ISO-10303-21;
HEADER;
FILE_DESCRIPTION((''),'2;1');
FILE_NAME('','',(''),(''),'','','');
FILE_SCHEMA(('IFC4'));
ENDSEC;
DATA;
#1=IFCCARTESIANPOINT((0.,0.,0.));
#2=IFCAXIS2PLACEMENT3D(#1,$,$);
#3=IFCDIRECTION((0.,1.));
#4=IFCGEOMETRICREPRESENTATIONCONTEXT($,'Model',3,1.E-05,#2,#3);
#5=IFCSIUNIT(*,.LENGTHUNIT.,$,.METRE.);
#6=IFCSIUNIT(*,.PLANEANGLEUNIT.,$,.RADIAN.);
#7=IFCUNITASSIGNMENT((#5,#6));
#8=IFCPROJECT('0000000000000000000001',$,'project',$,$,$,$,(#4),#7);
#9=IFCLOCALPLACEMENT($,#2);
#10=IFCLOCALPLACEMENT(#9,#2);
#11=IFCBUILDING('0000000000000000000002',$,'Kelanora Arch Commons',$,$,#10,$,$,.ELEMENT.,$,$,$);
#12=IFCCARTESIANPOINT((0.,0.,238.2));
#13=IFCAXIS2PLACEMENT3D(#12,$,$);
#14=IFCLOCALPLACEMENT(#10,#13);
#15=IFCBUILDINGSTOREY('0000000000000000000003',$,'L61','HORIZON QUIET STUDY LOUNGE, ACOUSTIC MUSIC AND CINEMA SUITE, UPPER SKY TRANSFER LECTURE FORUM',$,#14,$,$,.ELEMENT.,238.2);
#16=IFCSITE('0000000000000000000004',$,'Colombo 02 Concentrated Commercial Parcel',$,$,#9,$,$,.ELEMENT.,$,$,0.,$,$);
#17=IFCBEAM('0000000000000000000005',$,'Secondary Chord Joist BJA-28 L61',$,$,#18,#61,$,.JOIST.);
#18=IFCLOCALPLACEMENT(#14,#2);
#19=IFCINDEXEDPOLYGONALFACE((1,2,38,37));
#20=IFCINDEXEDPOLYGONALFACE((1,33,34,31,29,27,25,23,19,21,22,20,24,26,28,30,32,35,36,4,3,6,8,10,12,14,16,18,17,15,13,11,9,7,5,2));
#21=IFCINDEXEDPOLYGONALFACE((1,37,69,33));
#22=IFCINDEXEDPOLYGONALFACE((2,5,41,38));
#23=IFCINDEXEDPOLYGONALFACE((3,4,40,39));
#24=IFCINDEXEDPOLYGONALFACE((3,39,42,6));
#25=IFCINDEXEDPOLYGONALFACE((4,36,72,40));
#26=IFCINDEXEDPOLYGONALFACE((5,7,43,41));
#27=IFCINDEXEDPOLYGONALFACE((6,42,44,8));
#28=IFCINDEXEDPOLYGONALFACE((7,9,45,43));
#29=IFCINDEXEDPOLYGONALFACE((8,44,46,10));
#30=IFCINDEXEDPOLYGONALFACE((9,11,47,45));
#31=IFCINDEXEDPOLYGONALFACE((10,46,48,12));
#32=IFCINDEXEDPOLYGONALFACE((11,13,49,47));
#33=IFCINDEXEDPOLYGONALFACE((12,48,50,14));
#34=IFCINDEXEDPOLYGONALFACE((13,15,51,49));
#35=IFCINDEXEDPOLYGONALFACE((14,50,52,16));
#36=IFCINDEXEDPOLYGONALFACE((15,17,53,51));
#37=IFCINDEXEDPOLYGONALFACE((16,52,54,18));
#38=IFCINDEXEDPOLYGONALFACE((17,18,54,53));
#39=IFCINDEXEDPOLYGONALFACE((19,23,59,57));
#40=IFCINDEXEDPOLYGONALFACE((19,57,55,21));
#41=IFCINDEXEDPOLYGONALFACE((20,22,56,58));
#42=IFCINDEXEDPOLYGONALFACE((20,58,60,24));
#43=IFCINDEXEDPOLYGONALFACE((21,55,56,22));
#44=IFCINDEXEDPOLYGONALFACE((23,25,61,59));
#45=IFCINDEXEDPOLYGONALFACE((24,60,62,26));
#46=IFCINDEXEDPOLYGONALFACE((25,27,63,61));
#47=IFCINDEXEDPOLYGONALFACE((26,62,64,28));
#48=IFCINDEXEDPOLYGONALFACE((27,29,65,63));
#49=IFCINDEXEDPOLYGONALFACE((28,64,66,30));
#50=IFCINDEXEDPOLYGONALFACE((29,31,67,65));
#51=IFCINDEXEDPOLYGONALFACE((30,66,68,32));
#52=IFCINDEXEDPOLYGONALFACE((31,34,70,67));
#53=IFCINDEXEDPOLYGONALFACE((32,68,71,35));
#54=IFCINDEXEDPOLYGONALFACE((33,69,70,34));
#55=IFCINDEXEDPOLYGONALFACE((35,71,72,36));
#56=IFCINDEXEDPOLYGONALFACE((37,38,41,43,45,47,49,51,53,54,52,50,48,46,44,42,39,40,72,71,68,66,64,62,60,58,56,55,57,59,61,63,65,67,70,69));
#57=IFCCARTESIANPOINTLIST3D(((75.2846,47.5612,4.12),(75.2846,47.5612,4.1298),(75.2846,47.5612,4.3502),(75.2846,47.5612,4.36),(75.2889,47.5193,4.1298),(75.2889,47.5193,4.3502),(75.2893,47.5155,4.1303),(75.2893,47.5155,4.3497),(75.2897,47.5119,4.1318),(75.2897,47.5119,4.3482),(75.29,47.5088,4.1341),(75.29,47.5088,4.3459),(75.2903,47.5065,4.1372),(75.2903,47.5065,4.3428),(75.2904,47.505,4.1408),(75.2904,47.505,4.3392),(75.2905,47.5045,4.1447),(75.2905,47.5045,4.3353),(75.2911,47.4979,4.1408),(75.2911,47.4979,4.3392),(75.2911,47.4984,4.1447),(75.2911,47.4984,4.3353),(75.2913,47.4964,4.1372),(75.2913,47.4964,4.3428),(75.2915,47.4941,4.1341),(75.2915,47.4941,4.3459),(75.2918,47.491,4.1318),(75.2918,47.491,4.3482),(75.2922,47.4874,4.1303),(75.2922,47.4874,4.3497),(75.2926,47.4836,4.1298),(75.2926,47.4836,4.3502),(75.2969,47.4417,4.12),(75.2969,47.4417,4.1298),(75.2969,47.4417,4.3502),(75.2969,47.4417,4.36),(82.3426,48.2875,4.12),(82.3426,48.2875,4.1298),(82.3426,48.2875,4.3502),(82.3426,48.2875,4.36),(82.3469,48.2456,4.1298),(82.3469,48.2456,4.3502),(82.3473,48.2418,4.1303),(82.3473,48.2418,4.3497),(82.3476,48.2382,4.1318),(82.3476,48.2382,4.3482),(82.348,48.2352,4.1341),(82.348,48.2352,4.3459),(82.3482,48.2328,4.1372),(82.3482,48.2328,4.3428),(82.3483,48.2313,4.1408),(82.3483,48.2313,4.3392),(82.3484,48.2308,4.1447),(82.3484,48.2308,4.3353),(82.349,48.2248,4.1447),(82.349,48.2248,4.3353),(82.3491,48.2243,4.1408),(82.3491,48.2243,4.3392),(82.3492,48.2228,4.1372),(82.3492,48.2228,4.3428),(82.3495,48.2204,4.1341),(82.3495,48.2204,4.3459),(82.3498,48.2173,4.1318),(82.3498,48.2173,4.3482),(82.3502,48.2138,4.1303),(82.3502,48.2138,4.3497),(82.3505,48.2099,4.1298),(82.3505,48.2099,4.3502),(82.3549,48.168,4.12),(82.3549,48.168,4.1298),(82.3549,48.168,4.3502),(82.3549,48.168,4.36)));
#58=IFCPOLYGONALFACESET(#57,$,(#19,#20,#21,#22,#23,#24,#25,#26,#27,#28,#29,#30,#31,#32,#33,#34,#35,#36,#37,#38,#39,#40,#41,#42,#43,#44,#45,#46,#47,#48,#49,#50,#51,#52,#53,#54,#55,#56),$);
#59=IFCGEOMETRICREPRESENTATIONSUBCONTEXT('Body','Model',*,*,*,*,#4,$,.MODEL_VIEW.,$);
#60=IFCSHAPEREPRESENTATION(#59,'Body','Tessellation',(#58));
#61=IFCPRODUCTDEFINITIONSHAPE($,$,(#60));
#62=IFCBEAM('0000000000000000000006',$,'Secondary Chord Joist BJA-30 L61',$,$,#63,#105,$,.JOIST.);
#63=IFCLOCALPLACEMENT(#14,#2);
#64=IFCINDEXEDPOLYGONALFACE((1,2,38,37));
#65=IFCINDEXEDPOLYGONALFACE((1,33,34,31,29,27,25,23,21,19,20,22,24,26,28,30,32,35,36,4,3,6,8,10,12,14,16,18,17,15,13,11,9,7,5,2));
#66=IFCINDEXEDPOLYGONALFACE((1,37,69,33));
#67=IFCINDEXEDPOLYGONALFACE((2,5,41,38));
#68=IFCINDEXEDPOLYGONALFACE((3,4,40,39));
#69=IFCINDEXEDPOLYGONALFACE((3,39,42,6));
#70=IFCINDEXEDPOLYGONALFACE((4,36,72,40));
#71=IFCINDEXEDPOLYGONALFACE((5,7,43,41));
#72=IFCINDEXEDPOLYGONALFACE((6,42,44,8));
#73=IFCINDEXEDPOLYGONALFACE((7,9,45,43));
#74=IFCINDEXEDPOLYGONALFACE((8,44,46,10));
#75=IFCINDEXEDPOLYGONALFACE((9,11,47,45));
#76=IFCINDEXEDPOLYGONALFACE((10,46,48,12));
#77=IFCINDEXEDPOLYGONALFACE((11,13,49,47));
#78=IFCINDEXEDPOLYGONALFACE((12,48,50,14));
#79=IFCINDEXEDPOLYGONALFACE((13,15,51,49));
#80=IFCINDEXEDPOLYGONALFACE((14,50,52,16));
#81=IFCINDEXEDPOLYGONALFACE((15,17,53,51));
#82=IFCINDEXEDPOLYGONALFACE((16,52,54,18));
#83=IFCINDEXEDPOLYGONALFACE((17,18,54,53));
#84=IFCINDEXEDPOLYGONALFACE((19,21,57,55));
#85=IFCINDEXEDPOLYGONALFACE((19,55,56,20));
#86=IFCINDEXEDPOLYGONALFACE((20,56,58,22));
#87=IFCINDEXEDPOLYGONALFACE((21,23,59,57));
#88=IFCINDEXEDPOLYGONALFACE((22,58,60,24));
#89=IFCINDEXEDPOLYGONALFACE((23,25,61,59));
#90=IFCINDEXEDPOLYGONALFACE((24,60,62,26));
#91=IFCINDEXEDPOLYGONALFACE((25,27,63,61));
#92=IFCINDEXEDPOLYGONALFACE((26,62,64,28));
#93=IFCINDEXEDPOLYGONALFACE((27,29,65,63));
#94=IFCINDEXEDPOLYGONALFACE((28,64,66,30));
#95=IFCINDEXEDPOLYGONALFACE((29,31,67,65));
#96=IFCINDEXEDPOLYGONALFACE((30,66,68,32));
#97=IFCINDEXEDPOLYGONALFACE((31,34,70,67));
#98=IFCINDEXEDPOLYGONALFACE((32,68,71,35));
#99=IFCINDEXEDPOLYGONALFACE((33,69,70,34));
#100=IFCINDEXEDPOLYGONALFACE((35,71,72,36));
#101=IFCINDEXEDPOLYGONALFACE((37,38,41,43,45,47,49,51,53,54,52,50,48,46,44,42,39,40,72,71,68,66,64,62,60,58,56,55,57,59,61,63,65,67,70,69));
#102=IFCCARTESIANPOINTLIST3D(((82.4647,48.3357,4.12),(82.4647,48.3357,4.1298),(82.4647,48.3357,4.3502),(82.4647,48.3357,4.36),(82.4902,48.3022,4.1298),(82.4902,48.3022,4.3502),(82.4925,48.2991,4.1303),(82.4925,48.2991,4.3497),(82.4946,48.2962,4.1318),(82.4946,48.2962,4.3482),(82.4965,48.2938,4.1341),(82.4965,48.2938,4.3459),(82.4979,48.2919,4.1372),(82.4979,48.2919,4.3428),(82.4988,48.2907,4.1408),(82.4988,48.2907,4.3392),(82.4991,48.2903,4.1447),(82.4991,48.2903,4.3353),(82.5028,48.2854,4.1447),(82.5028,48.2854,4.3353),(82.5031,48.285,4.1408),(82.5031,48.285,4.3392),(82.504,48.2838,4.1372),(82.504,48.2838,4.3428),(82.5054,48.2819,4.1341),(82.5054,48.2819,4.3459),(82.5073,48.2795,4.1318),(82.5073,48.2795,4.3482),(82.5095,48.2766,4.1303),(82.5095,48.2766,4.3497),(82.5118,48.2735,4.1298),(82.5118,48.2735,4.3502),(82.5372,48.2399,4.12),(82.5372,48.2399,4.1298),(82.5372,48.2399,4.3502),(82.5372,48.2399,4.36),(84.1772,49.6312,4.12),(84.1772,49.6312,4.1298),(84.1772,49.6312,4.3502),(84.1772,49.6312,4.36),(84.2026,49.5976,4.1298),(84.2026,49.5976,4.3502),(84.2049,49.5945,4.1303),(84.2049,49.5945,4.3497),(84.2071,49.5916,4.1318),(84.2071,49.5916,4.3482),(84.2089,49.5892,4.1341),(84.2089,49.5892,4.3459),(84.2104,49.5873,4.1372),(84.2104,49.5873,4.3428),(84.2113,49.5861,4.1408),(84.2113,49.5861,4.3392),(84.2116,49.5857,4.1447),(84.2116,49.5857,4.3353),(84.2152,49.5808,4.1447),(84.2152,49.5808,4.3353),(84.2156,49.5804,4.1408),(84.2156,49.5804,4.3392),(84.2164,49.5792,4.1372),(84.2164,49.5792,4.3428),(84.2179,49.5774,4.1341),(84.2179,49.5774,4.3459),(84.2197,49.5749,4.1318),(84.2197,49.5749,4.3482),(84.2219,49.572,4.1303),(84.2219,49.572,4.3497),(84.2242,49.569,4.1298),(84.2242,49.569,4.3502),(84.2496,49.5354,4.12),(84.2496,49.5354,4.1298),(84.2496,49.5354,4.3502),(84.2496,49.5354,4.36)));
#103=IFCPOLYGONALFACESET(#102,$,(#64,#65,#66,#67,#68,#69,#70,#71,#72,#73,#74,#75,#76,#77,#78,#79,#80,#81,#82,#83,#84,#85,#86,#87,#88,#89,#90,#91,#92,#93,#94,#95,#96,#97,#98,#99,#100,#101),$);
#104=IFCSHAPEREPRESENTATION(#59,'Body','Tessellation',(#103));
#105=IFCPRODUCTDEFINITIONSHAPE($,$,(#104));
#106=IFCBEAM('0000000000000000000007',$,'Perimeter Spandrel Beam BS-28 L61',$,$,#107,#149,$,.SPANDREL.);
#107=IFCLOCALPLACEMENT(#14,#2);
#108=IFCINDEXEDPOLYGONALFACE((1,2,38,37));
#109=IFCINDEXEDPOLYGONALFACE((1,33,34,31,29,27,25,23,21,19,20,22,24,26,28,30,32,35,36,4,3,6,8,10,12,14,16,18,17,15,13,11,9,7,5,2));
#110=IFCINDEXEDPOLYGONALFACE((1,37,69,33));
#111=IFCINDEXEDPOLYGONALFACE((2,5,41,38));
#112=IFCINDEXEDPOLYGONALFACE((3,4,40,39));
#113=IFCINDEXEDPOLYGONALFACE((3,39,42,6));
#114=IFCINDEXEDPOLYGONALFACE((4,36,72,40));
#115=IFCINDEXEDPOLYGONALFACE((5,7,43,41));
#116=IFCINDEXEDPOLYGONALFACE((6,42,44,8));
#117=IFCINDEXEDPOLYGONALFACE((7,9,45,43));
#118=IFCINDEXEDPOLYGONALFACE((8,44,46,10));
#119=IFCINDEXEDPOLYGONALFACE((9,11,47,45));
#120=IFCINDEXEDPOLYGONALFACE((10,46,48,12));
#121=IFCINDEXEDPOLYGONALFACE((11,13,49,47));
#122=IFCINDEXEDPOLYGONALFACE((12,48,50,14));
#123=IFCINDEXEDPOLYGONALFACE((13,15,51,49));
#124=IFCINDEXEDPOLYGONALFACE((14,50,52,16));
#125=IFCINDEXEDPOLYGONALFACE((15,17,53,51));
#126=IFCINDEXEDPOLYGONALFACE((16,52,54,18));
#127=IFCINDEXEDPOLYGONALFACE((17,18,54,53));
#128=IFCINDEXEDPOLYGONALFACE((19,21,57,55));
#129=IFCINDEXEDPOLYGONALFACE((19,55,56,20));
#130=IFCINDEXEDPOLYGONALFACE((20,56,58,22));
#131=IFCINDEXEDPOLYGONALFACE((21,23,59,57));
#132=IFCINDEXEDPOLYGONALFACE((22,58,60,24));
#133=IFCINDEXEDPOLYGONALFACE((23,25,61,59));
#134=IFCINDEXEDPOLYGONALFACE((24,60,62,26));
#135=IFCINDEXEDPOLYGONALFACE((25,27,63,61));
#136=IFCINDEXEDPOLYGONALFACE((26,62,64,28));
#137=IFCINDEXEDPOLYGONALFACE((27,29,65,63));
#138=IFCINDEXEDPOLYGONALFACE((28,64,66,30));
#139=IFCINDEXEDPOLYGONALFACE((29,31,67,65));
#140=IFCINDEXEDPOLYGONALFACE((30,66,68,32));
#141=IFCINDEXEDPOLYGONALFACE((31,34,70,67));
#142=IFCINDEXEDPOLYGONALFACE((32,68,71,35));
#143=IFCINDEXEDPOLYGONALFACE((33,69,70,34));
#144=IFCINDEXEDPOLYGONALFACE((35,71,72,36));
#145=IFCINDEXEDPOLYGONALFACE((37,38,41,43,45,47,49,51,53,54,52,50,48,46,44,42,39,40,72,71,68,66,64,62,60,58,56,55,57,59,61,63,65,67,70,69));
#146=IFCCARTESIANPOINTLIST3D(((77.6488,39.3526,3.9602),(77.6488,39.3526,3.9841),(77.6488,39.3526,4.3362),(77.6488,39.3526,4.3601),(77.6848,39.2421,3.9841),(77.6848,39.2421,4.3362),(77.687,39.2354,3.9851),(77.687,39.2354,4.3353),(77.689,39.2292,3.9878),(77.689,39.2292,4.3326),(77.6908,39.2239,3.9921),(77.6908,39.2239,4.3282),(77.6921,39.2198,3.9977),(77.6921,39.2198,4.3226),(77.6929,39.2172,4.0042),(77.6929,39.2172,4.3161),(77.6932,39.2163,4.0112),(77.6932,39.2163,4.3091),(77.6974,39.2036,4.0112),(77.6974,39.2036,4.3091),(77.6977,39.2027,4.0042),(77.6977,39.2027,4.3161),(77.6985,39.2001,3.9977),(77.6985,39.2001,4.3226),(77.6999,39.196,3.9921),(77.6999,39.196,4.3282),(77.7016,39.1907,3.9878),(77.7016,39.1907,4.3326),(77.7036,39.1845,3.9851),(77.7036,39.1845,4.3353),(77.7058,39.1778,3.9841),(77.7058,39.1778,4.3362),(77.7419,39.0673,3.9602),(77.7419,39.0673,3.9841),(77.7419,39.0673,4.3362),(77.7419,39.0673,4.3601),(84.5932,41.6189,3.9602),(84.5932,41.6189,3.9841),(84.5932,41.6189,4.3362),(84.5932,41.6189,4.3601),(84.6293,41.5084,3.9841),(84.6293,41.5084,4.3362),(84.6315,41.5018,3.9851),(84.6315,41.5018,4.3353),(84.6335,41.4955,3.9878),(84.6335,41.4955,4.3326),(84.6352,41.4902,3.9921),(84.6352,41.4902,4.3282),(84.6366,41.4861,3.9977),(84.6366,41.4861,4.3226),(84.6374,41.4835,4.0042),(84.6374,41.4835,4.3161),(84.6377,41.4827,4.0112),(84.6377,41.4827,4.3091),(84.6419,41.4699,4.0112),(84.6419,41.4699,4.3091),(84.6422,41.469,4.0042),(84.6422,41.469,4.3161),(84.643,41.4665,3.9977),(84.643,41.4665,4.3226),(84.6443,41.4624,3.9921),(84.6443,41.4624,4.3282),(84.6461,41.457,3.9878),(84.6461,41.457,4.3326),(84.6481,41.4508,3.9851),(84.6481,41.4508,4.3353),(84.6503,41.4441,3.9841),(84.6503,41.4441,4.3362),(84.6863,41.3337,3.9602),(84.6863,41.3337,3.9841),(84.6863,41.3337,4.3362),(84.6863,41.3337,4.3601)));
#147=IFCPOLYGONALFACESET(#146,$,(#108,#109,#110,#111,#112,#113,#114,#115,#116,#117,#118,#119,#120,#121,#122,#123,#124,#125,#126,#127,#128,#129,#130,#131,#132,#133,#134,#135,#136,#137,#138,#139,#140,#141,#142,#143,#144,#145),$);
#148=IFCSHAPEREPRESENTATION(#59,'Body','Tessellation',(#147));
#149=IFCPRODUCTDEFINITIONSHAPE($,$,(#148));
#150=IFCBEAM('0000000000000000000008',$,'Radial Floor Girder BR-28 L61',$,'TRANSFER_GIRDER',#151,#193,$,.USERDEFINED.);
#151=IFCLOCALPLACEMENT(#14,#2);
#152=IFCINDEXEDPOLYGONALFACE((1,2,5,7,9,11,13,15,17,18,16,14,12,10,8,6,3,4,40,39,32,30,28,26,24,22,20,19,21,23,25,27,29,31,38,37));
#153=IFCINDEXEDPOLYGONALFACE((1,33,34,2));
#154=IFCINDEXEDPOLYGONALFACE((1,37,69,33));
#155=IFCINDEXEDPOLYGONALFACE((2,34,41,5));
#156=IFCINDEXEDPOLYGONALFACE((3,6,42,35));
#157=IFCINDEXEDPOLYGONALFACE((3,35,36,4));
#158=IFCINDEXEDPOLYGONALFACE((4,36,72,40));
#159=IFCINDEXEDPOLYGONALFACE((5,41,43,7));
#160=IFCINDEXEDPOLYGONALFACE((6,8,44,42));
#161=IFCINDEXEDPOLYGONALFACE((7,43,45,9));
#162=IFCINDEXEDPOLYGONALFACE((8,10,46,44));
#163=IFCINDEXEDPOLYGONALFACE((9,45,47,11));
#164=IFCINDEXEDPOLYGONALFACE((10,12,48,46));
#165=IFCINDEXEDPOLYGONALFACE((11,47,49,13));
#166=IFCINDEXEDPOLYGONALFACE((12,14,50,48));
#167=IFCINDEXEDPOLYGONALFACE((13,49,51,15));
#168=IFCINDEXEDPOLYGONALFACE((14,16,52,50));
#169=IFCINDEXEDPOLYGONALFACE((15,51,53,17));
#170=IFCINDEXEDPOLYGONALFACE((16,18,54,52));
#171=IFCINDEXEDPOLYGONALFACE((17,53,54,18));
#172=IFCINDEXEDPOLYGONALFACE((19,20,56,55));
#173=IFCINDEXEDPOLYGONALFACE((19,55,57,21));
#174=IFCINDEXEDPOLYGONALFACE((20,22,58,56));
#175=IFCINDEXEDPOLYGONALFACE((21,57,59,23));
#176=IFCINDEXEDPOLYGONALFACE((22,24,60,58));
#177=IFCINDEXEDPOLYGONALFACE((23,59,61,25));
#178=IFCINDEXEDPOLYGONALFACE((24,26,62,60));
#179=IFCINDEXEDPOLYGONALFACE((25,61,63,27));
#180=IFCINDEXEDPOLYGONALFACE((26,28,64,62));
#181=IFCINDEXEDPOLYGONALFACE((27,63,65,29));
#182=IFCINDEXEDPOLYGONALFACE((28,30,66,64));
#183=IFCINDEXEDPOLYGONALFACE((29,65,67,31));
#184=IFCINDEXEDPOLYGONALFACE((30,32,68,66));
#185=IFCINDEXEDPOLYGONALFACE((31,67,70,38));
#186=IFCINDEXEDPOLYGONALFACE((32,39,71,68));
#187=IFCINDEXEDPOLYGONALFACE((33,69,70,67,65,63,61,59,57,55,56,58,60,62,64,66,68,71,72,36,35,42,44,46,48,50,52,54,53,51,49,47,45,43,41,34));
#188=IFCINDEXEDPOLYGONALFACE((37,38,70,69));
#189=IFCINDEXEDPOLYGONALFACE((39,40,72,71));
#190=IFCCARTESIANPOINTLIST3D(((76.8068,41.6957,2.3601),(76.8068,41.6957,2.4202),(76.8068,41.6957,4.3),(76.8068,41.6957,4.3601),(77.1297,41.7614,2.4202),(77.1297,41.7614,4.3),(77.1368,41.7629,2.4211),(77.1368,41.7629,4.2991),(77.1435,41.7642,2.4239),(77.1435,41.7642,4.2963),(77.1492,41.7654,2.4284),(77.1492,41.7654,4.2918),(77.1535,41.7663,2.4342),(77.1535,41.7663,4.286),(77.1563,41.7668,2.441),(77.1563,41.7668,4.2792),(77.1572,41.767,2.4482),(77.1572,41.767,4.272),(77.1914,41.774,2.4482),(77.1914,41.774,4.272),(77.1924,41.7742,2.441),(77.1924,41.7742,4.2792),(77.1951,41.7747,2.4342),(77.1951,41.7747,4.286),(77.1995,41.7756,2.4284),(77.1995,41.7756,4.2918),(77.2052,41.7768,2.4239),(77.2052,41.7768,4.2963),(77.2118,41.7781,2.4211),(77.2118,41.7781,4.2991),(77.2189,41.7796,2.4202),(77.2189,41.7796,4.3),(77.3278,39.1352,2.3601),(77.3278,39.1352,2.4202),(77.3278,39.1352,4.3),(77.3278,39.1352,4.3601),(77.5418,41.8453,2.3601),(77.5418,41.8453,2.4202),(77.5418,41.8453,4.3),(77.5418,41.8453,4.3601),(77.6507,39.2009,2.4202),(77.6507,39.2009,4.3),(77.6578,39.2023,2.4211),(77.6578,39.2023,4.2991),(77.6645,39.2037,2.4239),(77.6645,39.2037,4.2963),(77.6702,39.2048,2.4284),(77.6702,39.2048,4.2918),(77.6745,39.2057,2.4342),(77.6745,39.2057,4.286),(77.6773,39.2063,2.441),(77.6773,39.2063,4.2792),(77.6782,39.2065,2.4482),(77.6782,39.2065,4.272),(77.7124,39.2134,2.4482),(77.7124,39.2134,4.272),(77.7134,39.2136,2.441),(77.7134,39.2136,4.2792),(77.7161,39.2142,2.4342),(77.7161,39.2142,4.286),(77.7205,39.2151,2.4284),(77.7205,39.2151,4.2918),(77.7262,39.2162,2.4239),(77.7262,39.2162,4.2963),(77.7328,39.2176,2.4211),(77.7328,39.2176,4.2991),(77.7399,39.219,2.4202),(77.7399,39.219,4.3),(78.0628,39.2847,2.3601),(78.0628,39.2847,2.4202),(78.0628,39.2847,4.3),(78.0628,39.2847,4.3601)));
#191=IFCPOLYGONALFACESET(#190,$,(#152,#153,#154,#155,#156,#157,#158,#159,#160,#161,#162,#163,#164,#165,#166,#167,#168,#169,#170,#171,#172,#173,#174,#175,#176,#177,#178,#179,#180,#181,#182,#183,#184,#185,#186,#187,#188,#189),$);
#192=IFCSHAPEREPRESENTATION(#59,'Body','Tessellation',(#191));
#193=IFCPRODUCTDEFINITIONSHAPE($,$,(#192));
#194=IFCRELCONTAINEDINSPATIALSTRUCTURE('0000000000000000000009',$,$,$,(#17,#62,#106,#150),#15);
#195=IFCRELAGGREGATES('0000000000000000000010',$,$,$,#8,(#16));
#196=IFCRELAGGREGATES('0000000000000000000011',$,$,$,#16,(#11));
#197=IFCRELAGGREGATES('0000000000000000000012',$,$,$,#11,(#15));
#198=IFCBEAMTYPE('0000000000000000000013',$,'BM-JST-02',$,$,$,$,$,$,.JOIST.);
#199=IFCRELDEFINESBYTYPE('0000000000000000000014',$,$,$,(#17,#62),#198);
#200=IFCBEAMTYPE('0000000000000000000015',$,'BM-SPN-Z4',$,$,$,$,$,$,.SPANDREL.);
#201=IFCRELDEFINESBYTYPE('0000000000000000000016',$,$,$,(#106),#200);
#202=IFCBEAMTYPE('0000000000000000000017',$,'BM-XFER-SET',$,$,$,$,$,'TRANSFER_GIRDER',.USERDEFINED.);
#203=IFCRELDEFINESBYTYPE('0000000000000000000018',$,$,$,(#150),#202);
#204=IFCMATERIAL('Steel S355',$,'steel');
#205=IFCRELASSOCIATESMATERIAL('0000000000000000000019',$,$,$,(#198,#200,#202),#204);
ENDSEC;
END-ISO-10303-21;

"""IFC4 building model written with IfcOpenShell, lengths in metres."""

from ifc_helpers import new_model, si_unit, direction, frame, origin, origin_2d, place, context, subcontext, project, spatial, i_section, extrude, material, material_profile, profile_set, type_object, element, save


model = new_model("IFC4")

# Units and contexts
model_context = context("Model", 3, precision=1e-05, world=origin(), true_north=direction((0.0, 1.0)))
body_context = subcontext(model_context, "Body", "Model", "MODEL_VIEW")
ifc_project = project(units=[si_unit("LENGTHUNIT", "METRE"), si_unit("PLANEANGLEUNIT", "RADIAN")], contexts=[model_context])

# Site, building, storey
site_placement = place(None, origin())
site = spatial("IfcSite", under=ifc_project, at=site_placement, Name="Colombo 02 Concentrated Commercial Parcel", CompositionType="ELEMENT", RefElevation=0.0)
building_placement = place(site_placement, origin())
building = spatial("IfcBuilding", under=site, at=building_placement, Name="Kelanora Arch Commons", CompositionType="ELEMENT")
storey_placement = place(building_placement, frame((0.0, 0.0, 238.2)))
storey = spatial("IfcBuildingStorey", under=building, at=storey_placement, Name="L61", Description="HORIZON QUIET STUDY LOUNGE, ACOUSTIC MUSIC AND CINEMA SUITE, UPPER SKY TRANSFER LECTURE FORUM", CompositionType="ELEMENT", Elevation=238.2)

# Beams
ifc_material_1 = material(Name="Steel S355", Category="steel")
ifc_material_profile_1 = material_profile(ifc_material_1, i_section(OverallWidth=0.1201, OverallDepth=0.24, WebThickness=0.0061, FlangeThickness=0.0098, FilletRadius=0.0149, at=origin_2d()), Name="IPE240")
ifc_profile_set_1 = profile_set([ifc_material_profile_1], Name="Steel S355")
beam_type_1 = type_object("IfcBeamType", Name="BM-JST-02", PredefinedType="JOIST", material=ifc_profile_set_1)
beam_1_placement = place(storey_placement, frame((75.2908, 47.5015, 4.24), z_axis=(0.994747, 0.102369, 0.0), x_axis=(-0.102369, 0.994747, 0.0)))
element("IfcBeam", 1, at=beam_1_placement, inside=storey, type_object=beam_type_1, Name="Secondary Chord Joist BJA-28 L61", PredefinedType="JOIST", context=body_context, shape_type="SweptSolid", body=[
    extrude(i_section(OverallWidth=0.1201, OverallDepth=0.24, WebThickness=0.0061, FlangeThickness=0.0098, FilletRadius=0.0149, at=origin_2d()), origin(), (0.0, 0.0, 1.0), 7.0952),
])
beam_2_placement = place(storey_placement, frame((82.501, 48.2878, 4.24), z_axis=(0.79751, 0.603306, 0.0), x_axis=(-0.603306, 0.79751, 0.0)))
element("IfcBeam", 2, at=beam_2_placement, inside=storey, type_object=beam_type_1, Name="Secondary Chord Joist BJA-30 L61", PredefinedType="JOIST", context=body_context, shape_type="SweptSolid", body=[
    extrude(i_section(OverallWidth=0.1201, OverallDepth=0.24, WebThickness=0.0061, FlangeThickness=0.0098, FilletRadius=0.0149, at=origin_2d()), origin(), (0.0, 0.0, 1.0), 2.1472),
])
ifc_material_profile_2 = material_profile(ifc_material_1, i_section(OverallWidth=0.3, OverallDepth=0.3999, WebThickness=0.0134, FlangeThickness=0.0239, FilletRadius=0.0271, at=origin_2d()), Name="HEB400")
ifc_profile_set_2 = profile_set([ifc_material_profile_2], Name="Steel S355")
beam_type_2 = type_object("IfcBeamType", Name="BM-SPN-Z4", PredefinedType="SPANDREL", material=ifc_profile_set_2)
beam_3_placement = place(storey_placement, frame((77.6953, 39.21, 4.1602), z_axis=(0.950656, 0.310246, 0.0), x_axis=(-0.310246, 0.950656, 0.0)))
element("IfcBeam", 3, at=beam_3_placement, inside=storey, type_object=beam_type_2, Name="Perimeter Spandrel Beam BS-28 L61", PredefinedType="SPANDREL", context=body_context, shape_type="SweptSolid", body=[
    extrude(i_section(OverallWidth=0.3, OverallDepth=0.3999, WebThickness=0.0134, FlangeThickness=0.0239, FilletRadius=0.0271, at=origin_2d()), origin(), (0.0, 0.0, 1.0), 7.3049),
])
ifc_material_profile_3 = material_profile(ifc_material_1, i_section(OverallWidth=0.75, OverallDepth=2.0, WebThickness=0.0349, FlangeThickness=0.0601, FilletRadius=0.0281, at=origin_2d()), Name="PG2000x750")
ifc_profile_set_3 = profile_set([ifc_material_profile_3], Name="Steel S355")
beam_type_3 = type_object("IfcBeamType", Name="BM-XFER-SET", ElementType="TRANSFER_GIRDER", PredefinedType="USERDEFINED", material=ifc_profile_set_3)
beam_4_placement = place(storey_placement, frame((77.1743, 41.7705, 3.3601), z_axis=(0.199385, -0.979921, 0.0), x_axis=(0.979921, 0.199385, 0.0)))
element("IfcBeam", 4, at=beam_4_placement, inside=storey, type_object=beam_type_3, Name="Radial Floor Girder BR-28 L61", ObjectType="TRANSFER_GIRDER", PredefinedType="USERDEFINED", context=body_context, shape_type="SweptSolid", body=[
    extrude(i_section(OverallWidth=0.75, OverallDepth=2.0, WebThickness=0.0349, FlangeThickness=0.0601, FilletRadius=0.0281, at=origin_2d()), origin(), (0.0, 0.0, 1.0), 2.613),
])

save(model, "model.ifc")
